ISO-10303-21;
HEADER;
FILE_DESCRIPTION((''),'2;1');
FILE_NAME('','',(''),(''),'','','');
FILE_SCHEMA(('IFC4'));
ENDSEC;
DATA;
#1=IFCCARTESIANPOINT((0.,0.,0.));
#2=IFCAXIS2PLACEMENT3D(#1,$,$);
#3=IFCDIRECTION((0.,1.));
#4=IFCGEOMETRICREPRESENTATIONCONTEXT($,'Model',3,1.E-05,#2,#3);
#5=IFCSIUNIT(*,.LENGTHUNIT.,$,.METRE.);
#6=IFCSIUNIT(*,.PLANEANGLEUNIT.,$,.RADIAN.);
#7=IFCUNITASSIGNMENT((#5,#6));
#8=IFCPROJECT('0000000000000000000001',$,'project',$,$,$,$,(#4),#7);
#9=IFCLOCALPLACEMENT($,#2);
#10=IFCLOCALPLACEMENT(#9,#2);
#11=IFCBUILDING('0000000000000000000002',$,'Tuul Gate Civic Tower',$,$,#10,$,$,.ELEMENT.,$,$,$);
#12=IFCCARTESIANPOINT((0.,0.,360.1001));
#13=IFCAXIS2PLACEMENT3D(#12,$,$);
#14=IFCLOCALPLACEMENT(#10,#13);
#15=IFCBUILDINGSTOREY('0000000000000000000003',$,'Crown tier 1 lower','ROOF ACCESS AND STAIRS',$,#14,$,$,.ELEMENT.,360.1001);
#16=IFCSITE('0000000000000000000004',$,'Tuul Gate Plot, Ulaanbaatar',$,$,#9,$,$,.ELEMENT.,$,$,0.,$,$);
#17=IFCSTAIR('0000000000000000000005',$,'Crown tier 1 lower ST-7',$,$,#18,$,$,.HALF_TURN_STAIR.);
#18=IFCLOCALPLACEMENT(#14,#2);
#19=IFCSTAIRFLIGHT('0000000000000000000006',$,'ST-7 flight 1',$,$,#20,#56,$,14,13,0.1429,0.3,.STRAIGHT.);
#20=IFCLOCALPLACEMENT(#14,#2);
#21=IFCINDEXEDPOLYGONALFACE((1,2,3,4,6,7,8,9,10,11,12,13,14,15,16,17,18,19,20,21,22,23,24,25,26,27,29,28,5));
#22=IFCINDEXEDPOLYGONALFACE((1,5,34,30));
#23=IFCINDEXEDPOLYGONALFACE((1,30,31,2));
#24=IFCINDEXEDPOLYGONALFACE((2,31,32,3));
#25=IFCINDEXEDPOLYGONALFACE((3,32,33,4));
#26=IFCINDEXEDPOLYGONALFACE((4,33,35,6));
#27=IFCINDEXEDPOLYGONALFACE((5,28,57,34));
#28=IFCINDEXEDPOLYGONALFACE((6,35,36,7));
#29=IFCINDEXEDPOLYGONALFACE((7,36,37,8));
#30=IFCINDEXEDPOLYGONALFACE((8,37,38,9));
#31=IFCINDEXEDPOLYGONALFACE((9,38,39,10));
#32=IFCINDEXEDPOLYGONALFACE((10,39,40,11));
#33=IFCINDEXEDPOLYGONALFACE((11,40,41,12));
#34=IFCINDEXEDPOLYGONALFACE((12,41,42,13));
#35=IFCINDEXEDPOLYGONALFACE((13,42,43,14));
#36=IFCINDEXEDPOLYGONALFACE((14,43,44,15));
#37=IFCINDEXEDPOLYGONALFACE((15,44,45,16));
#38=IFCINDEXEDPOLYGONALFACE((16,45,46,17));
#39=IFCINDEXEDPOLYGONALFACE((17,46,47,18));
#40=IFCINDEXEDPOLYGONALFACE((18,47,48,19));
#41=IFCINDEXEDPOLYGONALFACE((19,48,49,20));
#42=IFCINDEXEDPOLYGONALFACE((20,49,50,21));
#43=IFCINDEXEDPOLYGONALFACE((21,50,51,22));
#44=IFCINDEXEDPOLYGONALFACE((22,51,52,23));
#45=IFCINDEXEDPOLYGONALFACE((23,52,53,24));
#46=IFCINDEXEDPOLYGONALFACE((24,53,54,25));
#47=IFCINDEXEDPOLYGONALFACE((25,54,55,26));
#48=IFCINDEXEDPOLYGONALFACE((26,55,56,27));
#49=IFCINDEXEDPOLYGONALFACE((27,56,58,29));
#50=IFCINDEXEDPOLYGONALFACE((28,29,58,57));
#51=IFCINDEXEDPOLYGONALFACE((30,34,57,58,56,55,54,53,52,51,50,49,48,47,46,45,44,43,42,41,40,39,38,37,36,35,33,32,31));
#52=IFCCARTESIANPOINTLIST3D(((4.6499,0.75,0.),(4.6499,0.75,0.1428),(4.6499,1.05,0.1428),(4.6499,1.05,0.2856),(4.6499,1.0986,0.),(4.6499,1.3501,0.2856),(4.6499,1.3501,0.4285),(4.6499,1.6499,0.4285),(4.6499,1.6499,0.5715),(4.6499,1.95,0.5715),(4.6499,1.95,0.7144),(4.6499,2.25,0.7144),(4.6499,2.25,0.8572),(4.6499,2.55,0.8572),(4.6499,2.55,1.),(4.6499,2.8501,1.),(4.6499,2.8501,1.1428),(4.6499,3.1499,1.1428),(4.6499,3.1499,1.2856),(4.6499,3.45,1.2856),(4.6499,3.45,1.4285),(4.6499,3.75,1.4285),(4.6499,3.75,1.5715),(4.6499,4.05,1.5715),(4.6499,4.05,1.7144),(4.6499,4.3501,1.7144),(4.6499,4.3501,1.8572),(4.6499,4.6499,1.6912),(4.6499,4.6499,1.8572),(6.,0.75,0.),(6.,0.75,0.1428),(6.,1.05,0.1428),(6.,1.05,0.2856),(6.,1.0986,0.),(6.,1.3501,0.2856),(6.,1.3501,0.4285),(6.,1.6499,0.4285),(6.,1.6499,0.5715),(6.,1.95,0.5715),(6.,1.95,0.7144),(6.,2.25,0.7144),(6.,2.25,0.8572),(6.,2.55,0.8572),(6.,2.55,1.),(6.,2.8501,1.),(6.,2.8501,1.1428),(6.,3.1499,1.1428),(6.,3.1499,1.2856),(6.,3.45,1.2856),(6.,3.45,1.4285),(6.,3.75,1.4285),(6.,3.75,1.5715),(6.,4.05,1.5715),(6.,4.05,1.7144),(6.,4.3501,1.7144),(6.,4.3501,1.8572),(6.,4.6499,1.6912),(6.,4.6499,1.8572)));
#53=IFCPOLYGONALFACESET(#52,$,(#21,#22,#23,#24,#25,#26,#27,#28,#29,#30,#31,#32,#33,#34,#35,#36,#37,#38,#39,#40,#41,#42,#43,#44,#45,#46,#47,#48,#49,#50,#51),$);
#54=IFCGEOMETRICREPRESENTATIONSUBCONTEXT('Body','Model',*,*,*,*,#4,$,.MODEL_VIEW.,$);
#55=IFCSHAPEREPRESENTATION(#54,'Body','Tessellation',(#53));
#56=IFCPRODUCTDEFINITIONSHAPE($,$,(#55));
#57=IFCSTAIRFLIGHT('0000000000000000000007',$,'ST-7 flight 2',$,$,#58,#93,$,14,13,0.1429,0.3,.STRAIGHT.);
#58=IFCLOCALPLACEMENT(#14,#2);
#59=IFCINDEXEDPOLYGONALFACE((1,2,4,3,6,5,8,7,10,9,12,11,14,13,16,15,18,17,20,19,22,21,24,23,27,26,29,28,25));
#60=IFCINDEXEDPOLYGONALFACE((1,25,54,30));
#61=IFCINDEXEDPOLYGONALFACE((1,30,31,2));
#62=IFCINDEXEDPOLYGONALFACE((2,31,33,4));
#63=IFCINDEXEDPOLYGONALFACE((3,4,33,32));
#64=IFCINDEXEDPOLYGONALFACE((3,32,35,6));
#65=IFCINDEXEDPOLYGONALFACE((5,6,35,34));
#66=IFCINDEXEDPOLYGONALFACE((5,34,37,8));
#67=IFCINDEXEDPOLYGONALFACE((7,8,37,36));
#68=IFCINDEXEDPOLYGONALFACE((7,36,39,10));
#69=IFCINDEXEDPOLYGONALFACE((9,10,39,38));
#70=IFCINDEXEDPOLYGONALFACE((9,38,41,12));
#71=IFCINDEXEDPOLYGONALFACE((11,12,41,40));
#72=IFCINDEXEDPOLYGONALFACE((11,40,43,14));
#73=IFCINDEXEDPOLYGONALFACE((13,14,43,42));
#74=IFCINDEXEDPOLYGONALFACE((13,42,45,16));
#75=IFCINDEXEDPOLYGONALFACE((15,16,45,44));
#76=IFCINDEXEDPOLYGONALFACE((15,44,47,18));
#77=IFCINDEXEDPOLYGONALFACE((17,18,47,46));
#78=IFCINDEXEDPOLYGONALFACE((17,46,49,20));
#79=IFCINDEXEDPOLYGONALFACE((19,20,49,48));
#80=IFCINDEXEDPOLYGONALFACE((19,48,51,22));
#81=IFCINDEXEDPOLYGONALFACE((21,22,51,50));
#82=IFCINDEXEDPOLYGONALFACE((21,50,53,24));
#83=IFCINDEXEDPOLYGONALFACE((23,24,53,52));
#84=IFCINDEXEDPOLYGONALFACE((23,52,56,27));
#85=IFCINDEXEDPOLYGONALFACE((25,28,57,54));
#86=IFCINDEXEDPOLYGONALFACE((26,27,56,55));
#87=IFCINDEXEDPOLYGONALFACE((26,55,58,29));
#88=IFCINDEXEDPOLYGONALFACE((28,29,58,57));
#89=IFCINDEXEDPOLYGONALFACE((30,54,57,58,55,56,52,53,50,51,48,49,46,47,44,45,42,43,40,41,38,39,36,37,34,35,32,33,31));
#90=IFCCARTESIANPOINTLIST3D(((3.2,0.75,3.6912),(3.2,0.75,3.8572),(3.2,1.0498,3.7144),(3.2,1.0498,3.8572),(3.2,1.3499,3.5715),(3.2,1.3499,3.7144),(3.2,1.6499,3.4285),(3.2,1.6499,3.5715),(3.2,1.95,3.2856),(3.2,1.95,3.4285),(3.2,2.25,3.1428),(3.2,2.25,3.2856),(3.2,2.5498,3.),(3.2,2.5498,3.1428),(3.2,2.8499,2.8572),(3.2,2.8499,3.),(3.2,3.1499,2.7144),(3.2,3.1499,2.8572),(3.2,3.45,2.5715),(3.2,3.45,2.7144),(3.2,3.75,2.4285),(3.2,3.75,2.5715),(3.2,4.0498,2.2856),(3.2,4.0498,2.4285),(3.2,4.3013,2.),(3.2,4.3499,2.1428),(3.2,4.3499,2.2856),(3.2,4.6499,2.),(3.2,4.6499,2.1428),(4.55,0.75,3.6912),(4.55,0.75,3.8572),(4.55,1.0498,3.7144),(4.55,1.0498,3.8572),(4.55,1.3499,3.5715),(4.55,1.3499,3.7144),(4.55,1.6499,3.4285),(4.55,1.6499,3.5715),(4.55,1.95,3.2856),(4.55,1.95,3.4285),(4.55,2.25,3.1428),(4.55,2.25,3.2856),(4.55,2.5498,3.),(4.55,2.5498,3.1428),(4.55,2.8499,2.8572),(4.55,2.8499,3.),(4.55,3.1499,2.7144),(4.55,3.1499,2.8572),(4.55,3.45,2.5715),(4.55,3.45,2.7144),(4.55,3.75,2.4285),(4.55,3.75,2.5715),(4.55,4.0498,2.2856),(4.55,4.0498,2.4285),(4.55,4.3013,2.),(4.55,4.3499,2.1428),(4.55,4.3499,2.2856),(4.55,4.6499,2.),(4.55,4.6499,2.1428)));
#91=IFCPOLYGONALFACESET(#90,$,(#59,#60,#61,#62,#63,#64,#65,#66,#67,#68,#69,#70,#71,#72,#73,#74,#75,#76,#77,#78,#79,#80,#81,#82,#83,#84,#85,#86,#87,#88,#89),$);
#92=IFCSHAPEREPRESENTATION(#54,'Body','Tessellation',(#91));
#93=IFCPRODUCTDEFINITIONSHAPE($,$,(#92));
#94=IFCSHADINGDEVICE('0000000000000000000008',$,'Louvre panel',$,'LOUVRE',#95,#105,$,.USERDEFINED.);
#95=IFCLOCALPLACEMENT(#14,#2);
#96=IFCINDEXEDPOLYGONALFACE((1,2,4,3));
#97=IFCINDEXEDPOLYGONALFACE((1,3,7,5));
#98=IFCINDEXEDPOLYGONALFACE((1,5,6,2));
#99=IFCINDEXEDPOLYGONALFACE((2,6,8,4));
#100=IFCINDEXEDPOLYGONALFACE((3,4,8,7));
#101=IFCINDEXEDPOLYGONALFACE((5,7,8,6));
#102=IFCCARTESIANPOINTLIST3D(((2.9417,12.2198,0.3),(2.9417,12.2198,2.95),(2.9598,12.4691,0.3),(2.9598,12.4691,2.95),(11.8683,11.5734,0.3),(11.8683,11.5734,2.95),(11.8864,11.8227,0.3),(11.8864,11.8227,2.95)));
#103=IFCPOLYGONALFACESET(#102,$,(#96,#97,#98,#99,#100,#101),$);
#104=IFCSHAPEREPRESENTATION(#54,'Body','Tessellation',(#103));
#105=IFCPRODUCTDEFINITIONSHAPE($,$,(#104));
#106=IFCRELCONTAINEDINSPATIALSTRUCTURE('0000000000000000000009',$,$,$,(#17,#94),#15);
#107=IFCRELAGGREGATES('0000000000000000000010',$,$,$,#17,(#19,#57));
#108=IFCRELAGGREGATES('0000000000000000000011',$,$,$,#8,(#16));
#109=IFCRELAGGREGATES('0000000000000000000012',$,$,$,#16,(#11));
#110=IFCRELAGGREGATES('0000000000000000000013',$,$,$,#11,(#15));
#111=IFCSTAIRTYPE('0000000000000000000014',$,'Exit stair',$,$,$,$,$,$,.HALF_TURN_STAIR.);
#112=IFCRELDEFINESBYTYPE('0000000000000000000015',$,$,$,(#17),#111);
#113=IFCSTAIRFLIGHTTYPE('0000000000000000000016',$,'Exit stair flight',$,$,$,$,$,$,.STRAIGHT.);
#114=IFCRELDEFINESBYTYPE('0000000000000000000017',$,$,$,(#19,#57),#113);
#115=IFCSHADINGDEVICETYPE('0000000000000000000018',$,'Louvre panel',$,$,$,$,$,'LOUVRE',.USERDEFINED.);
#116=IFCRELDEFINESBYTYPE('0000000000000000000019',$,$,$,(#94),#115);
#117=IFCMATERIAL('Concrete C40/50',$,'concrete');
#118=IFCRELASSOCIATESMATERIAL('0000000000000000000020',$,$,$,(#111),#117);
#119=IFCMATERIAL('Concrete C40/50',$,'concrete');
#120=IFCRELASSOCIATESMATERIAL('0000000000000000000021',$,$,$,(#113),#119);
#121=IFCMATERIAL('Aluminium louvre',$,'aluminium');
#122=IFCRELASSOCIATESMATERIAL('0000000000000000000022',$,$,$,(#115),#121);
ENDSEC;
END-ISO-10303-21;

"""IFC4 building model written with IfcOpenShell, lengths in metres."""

from ifc_helpers import new_model, si_unit, direction, frame, origin, origin_2d, place, context, subcontext, project, spatial, polyline, rectangle, outline, extrude, material, type_object, element, aggregate, save


model = new_model("IFC4")

# Units and contexts
model_context = context("Model", 3, precision=1e-05, world=origin(), true_north=direction((0.0, 1.0)))
body_context = subcontext(model_context, "Body", "Model", "MODEL_VIEW")
ifc_project = project(units=[si_unit("LENGTHUNIT", "METRE"), si_unit("PLANEANGLEUNIT", "RADIAN")], contexts=[model_context])

# Site, building, storey
site_placement = place(None, origin())
site = spatial("IfcSite", under=ifc_project, at=site_placement, Name="Tuul Gate Plot, Ulaanbaatar", CompositionType="ELEMENT", RefElevation=0.0)
building_placement = place(site_placement, origin())
building = spatial("IfcBuilding", under=site, at=building_placement, Name="Tuul Gate Civic Tower", CompositionType="ELEMENT")
storey_placement = place(building_placement, frame((0.0, 0.0, 360.1001)))
storey = spatial("IfcBuildingStorey", under=building, at=storey_placement, Name="Crown tier 1 lower", Description="ROOF ACCESS AND STAIRS", CompositionType="ELEMENT", Elevation=360.1001)

# Stair, stair flights
ifc_material_1 = material(Name="Concrete C40/50", Category="concrete")
stair_type = type_object("IfcStairType", Name="Exit stair", PredefinedType="HALF_TURN_STAIR", material=ifc_material_1)
stair_placement = place(storey_placement, origin())
stair = element("IfcStair", 1, at=stair_placement, inside=storey, type_object=stair_type, Name="Crown tier 1 lower ST-7", PredefinedType="HALF_TURN_STAIR")
ifc_material_2 = material(Name="Concrete C40/50", Category="concrete")
stair_flight_type = type_object("IfcStairFlightType", Name="Exit stair flight", PredefinedType="STRAIGHT", material=ifc_material_2)
stair_flight_1_placement = place(storey_placement, frame((5.325, 0.75, 0.0), z_axis=(0.0, 0.0, 1.0), x_axis=(0.0, 1.0, 0.0)))
stair_flight_1 = element("IfcStairFlight", 2, at=stair_flight_1_placement, type_object=stair_flight_type, Name="ST-7 flight 1", NumberOfRisers=14, NumberOfTreads=13, PredefinedType="STRAIGHT", RiserHeight=0.1429, TreadLength=0.3, context=body_context, shape_type="SweptSolid", body=[
    extrude(outline(polyline([(0.0, 0.0), (0.0, 0.1428), (0.3, 0.1428), (0.3, 0.2856), (0.6001, 0.2856), (0.6001, 0.4285), (0.8999, 0.4285), (0.8999, 0.5715), (1.2, 0.5715), (1.2, 0.7144), (1.5, 0.7144), (1.5, 0.8572), (1.8, 0.8572), (1.8, 1.0), (2.1001, 1.0), (2.1001, 1.1428), (2.3999, 1.1428), (2.3999, 1.2856), (2.7, 1.2856), (2.7, 1.4285), (3.0, 1.4285), (3.0, 1.5715), (3.3, 1.5715), (3.3, 1.7144), (3.6001, 1.7144), (3.6001, 1.8572), (3.8999, 1.8572), (3.8999, 2.0), (3.8999, 1.6912), (0.3486, 0.0), (0.0, 0.0)])), frame((0.0, 0.675, 0.0), z_axis=(0.0, -1.0, 0.0), x_axis=(1.0, 0.0, 0.0)), (0.0, 0.0, 1.0), 1.3501),
])
stair_flight_2_placement = place(storey_placement, frame((3.875, 4.6499, 2.0), z_axis=(0.0, 0.0, 1.0), x_axis=(0.0, -1.0, 0.0)))
stair_flight_2 = element("IfcStairFlight", 3, at=stair_flight_2_placement, type_object=stair_flight_type, Name="ST-7 flight 2", NumberOfRisers=14, NumberOfTreads=13, PredefinedType="STRAIGHT", RiserHeight=0.1429, TreadLength=0.3, context=body_context, shape_type="SweptSolid", body=[
    extrude(outline(polyline([(0.0, 0.0), (0.0, 0.1428), (0.3, 0.1428), (0.3, 0.2856), (0.6001, 0.2856), (0.6001, 0.4285), (0.8999, 0.4285), (0.8999, 0.5715), (1.2, 0.5715), (1.2, 0.7144), (1.5, 0.7144), (1.5, 0.8572), (1.8, 0.8572), (1.8, 1.0), (2.1001, 1.0), (2.1001, 1.1428), (2.3999, 1.1428), (2.3999, 1.2856), (2.7, 1.2856), (2.7, 1.4285), (3.0, 1.4285), (3.0, 1.5715), (3.3, 1.5715), (3.3, 1.7144), (3.6001, 1.7144), (3.6001, 1.8572), (3.8999, 1.8572), (3.8999, 2.0), (3.8999, 1.6912), (0.3486, 0.0), (0.0, 0.0)])), frame((0.0, 0.675, 0.0), z_axis=(0.0, -1.0, 0.0), x_axis=(1.0, 0.0, 0.0)), (0.0, 0.0, 1.0), 1.3501),
])
aggregate(stair, [stair_flight_1, stair_flight_2])

# Shading device
ifc_material_3 = material(Name="Aluminium louvre", Category="aluminium")
shading_device_type = type_object("IfcShadingDeviceType", Name="Louvre panel", ElementType="LOUVRE", PredefinedType="USERDEFINED", material=ifc_material_3)
shading_device_placement = place(storey_placement, frame((7.4141, 12.0212, 0.3), z_axis=(0.0, 0.0, 1.0), x_axis=(0.072226, 0.997388, 0.0)))
element("IfcShadingDevice", 4, at=shading_device_placement, inside=storey, type_object=shading_device_type, Name="Louvre panel", ObjectType="LOUVRE", PredefinedType="USERDEFINED", context=body_context, shape_type="SweptSolid", body=[
    extrude(rectangle(XDim=0.25, YDim=8.95, at=origin_2d()), origin(), (0.0, 0.0, 1.0), 2.6499),
])

save(model, "model.ifc")
